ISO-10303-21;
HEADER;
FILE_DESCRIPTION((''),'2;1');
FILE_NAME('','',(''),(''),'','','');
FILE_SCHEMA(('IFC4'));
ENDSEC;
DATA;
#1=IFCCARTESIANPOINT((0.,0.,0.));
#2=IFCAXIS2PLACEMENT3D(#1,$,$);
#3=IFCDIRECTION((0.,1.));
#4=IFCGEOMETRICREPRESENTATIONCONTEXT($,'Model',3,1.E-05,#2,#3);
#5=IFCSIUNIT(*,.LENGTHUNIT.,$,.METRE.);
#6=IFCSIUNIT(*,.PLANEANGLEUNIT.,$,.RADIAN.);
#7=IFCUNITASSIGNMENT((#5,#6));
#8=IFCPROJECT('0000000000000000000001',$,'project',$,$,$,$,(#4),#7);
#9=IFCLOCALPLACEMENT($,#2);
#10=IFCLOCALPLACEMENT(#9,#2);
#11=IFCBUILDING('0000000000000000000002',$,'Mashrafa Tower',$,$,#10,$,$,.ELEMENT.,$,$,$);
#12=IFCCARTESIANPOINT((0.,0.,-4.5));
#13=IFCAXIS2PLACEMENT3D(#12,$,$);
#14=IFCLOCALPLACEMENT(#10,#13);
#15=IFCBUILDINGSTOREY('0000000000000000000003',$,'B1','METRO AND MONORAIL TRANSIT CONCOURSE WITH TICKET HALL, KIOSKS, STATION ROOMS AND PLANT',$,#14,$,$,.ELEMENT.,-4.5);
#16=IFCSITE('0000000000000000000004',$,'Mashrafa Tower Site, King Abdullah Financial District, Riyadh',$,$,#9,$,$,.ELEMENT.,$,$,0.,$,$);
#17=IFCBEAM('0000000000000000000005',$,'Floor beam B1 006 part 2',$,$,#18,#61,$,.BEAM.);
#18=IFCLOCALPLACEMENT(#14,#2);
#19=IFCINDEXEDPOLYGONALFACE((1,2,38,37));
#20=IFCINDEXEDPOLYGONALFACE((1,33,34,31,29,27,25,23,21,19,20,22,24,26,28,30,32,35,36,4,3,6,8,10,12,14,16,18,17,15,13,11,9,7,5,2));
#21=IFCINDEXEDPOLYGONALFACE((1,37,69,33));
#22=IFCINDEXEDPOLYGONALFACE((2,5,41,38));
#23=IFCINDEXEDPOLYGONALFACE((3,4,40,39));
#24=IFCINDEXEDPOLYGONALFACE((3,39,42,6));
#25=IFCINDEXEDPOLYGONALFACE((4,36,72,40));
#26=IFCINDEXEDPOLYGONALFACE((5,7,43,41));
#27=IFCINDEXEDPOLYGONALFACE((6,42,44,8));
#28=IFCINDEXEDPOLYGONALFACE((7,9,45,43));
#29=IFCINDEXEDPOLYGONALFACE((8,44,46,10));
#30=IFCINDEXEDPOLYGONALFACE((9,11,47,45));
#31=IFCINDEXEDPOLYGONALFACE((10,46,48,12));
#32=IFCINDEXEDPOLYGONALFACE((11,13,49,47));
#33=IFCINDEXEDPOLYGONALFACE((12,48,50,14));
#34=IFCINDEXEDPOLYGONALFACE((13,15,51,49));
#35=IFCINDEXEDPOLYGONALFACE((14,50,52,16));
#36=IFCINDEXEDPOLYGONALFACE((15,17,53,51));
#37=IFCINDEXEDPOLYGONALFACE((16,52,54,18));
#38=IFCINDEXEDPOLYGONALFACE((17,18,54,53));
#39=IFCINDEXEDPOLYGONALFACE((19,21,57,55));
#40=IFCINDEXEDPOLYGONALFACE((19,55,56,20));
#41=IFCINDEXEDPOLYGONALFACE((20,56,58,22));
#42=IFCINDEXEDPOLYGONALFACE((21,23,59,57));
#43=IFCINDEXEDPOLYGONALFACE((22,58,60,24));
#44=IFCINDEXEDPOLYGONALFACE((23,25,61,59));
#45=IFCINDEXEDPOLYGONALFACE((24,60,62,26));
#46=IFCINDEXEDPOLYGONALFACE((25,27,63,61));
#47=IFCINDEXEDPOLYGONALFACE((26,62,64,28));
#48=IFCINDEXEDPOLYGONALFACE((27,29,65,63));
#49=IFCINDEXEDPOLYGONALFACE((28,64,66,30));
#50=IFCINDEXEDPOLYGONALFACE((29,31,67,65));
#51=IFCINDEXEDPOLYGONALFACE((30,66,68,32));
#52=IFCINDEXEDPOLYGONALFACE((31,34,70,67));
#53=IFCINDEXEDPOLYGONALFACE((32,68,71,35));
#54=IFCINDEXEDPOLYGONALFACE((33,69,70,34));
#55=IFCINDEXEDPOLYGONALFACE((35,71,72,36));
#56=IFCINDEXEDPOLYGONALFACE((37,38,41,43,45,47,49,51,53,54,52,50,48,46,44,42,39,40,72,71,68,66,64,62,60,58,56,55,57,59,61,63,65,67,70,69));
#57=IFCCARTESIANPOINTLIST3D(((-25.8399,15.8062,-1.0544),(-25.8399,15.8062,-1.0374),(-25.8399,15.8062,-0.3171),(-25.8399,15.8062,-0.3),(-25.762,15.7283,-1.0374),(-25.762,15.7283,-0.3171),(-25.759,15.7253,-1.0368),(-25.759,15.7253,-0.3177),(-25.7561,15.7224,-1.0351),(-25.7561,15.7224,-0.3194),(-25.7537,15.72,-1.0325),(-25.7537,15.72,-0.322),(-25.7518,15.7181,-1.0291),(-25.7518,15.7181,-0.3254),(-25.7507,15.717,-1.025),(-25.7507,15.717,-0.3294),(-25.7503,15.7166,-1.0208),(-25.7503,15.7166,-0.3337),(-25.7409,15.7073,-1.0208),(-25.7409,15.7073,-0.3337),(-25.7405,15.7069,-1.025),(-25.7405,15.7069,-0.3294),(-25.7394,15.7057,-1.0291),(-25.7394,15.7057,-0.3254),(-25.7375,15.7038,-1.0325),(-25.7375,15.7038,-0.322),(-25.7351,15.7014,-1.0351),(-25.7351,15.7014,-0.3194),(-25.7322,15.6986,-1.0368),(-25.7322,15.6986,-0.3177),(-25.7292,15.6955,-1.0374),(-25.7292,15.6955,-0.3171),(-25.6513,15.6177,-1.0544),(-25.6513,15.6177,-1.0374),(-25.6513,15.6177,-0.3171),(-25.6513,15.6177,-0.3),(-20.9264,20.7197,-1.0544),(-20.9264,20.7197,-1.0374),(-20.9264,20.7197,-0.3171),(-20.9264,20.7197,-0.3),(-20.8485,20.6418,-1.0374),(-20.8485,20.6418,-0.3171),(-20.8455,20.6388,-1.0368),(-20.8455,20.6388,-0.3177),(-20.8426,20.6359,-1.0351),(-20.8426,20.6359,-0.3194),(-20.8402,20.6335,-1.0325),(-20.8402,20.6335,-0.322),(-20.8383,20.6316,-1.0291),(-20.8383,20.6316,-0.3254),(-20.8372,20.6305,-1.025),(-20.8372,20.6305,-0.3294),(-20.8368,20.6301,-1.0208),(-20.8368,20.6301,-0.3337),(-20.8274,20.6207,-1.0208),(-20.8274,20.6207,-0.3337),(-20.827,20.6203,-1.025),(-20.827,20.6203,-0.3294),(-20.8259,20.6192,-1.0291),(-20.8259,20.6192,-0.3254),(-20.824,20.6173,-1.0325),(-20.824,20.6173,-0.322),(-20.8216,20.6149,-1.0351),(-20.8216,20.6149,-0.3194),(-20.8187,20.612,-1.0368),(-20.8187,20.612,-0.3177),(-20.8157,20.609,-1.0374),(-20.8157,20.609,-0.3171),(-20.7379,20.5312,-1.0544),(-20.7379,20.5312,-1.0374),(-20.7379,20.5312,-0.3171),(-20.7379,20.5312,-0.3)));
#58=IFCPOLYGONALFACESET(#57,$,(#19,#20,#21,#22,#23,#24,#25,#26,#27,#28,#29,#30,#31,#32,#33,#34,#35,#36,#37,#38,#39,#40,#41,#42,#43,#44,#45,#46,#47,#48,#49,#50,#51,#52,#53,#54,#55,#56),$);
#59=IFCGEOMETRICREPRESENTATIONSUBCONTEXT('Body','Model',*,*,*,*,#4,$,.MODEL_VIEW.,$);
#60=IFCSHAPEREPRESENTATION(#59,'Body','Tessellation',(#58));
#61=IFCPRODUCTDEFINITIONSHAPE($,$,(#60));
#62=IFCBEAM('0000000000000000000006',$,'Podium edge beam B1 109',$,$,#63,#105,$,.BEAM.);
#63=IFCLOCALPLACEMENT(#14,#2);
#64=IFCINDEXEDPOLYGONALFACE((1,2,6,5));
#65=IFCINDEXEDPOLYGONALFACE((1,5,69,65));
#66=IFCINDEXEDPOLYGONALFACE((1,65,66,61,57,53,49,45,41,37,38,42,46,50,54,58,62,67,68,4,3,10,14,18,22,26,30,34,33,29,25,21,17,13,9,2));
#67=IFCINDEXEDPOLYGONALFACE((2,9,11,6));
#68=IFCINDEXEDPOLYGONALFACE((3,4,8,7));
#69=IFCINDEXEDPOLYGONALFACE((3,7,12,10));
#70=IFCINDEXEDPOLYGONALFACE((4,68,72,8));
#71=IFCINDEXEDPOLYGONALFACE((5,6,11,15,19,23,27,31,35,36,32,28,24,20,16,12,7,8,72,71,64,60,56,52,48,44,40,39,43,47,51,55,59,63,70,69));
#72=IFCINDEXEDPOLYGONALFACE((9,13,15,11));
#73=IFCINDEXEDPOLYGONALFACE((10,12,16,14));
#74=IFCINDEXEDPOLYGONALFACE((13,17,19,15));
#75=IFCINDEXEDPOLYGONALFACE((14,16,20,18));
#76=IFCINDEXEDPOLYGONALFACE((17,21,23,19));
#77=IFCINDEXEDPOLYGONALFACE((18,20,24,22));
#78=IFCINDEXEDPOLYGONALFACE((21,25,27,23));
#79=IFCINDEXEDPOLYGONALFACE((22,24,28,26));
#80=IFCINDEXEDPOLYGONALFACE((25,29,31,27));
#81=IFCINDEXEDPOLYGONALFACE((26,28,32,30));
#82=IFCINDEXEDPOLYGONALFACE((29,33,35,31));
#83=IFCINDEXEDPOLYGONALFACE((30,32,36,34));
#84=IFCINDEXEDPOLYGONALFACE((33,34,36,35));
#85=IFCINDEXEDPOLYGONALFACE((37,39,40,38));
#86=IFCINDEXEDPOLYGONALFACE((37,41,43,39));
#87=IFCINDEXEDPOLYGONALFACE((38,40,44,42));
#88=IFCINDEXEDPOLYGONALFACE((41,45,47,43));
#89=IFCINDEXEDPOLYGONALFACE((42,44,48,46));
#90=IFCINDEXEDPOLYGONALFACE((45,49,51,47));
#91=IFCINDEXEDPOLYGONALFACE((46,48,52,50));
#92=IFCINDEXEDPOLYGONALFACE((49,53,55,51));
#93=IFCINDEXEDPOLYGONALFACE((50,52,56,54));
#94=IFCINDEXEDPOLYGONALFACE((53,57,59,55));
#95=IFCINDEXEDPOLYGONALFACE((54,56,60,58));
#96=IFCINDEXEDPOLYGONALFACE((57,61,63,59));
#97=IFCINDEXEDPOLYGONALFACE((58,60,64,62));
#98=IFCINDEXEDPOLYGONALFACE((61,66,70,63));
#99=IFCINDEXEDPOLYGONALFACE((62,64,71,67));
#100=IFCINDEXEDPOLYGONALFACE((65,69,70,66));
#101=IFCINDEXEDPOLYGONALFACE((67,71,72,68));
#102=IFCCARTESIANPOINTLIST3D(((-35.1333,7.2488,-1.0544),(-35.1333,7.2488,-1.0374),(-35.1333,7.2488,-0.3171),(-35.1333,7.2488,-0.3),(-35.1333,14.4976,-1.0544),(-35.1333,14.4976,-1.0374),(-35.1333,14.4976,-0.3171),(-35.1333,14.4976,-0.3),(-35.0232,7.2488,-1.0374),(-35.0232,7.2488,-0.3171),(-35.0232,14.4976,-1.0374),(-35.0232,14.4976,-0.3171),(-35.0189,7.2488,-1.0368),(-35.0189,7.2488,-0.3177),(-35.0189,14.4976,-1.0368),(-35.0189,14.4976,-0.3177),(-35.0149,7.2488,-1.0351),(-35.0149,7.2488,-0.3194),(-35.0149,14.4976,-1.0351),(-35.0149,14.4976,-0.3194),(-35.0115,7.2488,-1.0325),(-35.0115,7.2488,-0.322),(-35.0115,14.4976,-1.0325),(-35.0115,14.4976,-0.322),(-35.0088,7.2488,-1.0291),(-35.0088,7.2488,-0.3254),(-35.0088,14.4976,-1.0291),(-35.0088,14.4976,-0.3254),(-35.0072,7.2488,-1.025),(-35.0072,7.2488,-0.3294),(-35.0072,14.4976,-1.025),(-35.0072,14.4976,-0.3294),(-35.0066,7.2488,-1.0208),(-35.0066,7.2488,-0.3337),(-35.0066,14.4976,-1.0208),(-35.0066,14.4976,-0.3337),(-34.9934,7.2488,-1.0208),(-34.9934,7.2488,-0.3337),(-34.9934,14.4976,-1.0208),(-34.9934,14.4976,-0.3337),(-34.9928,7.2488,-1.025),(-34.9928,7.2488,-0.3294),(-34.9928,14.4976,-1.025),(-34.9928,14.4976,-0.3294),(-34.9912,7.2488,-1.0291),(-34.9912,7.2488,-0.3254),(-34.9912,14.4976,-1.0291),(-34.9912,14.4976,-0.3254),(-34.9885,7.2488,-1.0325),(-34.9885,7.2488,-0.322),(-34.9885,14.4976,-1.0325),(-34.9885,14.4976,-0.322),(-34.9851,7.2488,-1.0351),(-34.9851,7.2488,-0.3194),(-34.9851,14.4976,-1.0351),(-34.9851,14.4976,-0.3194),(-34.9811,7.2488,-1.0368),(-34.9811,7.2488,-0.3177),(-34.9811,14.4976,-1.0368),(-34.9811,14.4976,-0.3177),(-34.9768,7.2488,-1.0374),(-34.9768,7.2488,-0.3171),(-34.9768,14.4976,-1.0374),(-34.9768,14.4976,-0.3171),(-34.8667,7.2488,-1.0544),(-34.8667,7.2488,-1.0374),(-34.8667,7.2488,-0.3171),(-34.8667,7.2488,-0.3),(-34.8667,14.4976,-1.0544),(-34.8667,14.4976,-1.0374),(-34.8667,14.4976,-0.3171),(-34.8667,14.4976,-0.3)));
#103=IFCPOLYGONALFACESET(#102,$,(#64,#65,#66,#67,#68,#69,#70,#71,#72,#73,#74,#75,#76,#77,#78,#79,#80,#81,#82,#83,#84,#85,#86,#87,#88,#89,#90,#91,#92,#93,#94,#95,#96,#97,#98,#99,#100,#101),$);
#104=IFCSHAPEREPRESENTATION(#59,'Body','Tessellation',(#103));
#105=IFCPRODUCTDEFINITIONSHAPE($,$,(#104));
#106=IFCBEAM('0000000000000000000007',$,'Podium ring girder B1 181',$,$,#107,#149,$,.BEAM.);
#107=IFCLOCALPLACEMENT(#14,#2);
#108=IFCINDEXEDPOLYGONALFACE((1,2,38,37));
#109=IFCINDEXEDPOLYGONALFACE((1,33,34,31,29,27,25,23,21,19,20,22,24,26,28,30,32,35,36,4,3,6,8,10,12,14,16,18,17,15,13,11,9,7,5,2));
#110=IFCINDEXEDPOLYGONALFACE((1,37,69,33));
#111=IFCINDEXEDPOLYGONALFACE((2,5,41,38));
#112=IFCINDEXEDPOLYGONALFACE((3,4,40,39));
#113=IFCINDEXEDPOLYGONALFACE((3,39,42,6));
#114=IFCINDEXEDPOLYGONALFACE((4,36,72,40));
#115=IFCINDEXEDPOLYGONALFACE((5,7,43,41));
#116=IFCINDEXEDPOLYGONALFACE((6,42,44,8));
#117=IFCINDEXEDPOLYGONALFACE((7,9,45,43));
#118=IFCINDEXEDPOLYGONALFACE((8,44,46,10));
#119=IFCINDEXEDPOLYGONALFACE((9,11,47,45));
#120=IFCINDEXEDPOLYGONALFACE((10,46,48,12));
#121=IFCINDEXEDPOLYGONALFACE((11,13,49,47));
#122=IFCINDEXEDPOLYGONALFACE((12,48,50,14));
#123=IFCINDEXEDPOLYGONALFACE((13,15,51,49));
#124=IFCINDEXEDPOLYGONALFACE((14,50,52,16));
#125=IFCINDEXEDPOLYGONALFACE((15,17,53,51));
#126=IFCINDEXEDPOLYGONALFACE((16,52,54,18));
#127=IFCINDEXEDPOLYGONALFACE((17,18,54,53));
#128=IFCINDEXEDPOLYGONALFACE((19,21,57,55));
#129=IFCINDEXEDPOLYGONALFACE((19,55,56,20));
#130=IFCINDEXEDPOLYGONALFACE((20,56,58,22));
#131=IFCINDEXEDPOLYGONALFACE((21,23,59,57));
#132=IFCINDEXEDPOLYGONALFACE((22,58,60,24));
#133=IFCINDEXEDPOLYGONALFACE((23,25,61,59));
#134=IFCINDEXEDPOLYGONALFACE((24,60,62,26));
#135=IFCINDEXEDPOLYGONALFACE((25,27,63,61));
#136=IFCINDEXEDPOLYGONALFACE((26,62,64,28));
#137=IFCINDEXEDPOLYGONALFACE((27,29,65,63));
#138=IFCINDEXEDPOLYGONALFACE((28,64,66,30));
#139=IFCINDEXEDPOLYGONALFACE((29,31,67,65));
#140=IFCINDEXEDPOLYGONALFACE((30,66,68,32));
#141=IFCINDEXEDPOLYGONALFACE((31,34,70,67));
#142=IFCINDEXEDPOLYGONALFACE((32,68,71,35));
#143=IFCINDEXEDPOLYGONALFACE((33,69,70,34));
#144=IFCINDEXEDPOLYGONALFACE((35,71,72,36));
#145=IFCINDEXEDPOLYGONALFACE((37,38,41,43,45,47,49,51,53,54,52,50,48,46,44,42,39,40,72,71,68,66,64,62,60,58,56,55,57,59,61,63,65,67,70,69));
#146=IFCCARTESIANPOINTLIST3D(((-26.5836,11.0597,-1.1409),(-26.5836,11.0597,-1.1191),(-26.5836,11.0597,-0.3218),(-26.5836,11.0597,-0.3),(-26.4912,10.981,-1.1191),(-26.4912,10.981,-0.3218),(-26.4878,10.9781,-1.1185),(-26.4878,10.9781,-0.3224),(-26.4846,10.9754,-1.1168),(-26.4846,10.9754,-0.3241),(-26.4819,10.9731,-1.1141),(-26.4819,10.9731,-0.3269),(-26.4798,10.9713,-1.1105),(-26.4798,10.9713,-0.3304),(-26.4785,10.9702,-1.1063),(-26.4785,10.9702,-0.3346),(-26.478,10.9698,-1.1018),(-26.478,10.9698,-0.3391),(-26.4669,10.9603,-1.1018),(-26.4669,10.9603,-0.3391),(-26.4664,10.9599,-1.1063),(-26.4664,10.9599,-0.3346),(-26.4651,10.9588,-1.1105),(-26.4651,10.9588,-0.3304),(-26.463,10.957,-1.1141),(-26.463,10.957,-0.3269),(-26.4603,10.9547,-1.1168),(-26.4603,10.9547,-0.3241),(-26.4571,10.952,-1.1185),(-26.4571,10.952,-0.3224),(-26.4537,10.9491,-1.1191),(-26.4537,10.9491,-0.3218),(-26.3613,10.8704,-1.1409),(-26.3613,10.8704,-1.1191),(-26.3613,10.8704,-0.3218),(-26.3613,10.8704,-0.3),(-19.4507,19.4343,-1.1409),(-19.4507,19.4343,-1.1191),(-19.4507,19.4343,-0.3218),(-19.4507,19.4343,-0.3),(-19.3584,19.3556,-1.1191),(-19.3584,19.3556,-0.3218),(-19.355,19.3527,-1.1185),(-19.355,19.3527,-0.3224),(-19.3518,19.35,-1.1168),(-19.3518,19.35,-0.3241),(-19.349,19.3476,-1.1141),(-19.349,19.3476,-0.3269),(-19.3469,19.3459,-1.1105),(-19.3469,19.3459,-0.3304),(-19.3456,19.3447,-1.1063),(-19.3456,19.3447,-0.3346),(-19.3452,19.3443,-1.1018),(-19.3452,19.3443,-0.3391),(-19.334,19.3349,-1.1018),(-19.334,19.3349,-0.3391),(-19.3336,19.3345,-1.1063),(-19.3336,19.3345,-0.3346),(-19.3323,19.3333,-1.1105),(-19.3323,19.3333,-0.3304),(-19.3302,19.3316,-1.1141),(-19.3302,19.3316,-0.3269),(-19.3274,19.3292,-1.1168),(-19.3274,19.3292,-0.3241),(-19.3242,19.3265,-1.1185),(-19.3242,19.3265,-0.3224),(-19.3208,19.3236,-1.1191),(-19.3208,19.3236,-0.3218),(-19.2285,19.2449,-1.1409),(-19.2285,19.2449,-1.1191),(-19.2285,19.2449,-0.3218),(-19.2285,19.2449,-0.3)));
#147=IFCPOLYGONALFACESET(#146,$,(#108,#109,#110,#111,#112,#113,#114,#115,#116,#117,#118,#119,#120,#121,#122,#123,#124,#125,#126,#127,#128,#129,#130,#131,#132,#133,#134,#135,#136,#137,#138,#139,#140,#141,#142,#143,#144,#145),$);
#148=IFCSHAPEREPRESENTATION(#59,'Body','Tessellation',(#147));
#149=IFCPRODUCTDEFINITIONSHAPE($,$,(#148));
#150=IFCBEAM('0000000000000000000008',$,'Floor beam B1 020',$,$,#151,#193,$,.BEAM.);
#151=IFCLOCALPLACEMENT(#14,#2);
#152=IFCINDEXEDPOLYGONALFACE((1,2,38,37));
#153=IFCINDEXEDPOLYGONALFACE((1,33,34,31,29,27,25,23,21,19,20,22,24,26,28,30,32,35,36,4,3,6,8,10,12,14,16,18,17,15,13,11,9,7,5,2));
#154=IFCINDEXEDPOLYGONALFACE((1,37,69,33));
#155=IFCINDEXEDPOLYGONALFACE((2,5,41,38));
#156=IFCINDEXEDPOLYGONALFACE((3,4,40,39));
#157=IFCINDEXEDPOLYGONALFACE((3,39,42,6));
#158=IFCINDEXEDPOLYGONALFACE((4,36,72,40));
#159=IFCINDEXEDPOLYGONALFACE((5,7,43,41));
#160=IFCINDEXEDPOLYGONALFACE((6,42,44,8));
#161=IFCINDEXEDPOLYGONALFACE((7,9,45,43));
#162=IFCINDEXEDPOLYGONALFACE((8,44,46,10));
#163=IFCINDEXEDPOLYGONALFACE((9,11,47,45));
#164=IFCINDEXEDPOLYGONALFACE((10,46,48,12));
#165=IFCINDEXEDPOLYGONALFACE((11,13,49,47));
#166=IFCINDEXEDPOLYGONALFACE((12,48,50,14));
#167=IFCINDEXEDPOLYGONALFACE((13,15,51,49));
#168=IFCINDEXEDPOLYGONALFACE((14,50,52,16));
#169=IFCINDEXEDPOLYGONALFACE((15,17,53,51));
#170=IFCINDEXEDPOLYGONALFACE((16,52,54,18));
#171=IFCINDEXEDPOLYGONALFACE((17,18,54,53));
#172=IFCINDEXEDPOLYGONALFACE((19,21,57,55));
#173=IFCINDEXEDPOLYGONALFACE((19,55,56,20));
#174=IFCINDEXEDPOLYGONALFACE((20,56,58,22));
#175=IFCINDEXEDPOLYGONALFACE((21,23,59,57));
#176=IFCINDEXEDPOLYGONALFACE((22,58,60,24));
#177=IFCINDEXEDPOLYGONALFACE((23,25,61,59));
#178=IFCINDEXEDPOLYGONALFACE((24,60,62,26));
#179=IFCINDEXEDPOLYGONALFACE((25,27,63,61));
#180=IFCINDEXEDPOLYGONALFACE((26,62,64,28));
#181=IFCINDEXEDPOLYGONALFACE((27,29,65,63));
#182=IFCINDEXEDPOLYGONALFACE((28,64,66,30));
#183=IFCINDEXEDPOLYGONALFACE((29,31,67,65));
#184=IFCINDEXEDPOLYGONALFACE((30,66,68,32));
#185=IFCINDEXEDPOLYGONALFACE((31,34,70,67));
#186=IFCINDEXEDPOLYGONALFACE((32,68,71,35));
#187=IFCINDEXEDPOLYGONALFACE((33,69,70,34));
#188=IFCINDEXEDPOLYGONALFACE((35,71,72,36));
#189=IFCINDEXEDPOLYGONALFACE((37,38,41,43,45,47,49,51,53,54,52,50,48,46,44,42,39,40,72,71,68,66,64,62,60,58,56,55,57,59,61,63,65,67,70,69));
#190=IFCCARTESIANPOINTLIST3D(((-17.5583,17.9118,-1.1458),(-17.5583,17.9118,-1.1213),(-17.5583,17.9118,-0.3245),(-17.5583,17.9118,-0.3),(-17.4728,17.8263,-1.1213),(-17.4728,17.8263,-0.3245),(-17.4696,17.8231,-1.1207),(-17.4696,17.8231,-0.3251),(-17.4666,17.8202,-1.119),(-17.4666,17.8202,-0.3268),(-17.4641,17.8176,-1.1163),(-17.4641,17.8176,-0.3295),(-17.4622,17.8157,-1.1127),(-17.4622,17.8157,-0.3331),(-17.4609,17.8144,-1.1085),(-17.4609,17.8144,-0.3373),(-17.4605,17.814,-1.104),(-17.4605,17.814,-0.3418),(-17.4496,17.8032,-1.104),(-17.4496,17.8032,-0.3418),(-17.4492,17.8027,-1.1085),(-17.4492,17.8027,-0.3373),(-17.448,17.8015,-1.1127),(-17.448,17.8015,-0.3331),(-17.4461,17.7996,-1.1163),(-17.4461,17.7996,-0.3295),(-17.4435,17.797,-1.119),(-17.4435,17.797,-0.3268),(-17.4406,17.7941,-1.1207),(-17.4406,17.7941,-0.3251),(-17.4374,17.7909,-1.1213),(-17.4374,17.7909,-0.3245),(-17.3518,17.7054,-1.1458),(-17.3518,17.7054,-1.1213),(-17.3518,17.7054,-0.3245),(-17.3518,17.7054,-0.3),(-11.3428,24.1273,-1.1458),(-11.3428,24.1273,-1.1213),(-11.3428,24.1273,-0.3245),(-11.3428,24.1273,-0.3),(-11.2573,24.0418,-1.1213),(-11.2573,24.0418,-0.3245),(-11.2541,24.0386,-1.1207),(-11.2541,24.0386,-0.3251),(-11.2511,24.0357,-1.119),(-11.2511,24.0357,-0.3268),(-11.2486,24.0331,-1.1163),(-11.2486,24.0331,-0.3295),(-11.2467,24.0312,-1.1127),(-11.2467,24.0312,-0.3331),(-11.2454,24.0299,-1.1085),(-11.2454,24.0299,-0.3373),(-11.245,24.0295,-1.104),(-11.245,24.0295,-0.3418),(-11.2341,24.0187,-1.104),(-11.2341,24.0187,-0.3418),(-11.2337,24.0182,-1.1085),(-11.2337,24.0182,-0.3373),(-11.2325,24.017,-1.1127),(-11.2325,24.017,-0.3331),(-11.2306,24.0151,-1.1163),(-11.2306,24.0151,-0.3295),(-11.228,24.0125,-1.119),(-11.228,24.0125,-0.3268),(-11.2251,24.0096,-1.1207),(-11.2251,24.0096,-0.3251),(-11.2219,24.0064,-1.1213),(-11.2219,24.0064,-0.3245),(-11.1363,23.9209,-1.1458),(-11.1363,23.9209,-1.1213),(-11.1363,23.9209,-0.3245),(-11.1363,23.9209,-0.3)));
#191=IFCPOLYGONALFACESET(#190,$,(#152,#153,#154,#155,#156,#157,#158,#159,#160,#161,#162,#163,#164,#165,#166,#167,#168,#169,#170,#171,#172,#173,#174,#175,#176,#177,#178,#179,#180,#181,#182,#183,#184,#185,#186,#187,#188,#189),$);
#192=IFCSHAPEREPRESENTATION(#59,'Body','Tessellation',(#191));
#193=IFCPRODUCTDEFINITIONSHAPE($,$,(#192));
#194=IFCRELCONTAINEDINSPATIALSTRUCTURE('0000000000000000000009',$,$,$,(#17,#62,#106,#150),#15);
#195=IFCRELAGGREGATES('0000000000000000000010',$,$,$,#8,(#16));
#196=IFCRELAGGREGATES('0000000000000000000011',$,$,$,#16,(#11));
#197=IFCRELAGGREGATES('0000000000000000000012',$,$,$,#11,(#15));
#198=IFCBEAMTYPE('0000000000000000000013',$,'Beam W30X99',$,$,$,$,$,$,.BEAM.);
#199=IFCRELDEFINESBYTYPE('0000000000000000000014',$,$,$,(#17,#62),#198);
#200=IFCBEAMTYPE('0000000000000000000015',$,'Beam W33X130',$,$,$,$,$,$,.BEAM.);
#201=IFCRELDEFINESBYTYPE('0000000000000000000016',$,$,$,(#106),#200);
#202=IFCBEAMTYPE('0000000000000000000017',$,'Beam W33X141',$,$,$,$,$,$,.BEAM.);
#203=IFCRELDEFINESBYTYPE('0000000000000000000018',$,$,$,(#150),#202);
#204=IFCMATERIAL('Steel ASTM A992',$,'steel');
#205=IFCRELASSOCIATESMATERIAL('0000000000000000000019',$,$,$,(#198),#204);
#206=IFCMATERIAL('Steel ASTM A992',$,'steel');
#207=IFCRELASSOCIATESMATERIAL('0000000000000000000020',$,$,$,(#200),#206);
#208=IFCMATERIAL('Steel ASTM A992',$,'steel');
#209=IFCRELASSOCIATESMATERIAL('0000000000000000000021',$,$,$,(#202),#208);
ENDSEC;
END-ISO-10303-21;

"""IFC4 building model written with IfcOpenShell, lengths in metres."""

from ifc_helpers import new_model, si_unit, direction, frame, origin, origin_2d, place, context, subcontext, project, spatial, i_section, extrude, material, material_profile, profile_set, type_object, element, save


model = new_model("IFC4")

# Units and contexts
model_context = context("Model", 3, precision=1e-05, world=origin(), true_north=direction((0.0, 1.0)))
body_context = subcontext(model_context, "Body", "Model", "MODEL_VIEW")
ifc_project = project(units=[si_unit("LENGTHUNIT", "METRE"), si_unit("PLANEANGLEUNIT", "RADIAN")], contexts=[model_context])

# Site, building, storey
site_placement = place(None, origin())
site = spatial("IfcSite", under=ifc_project, at=site_placement, Name="Mashrafa Tower Site, King Abdullah Financial District, Riyadh", CompositionType="ELEMENT", RefElevation=0.0)
building_placement = place(site_placement, origin())
building = spatial("IfcBuilding", under=site, at=building_placement, Name="Mashrafa Tower", CompositionType="ELEMENT")
storey_placement = place(building_placement, frame((0.0, 0.0, -4.5)))
storey = spatial("IfcBuildingStorey", under=building, at=storey_placement, Name="B1", Description="METRO AND MONORAIL TRANSIT CONCOURSE WITH TICKET HALL, KIOSKS, STATION ROOMS AND PLANT", CompositionType="ELEMENT", Elevation=-4.5)

# Beams
ifc_material_1 = material(Name="Steel ASTM A992", Category="steel")
ifc_material_profile_1 = material_profile(ifc_material_1, i_section(OverallWidth=0.2666, OverallDepth=0.7544, WebThickness=0.0132, FlangeThickness=0.0171, FilletRadius=0.0166, at=origin_2d()), Name="W30X99")
ifc_profile_set_1 = profile_set([ifc_material_profile_1], Name="Steel ASTM A992")
beam_type_1 = type_object("IfcBeamType", Name="Beam W30X99", PredefinedType="BEAM", material=ifc_profile_set_1)
beam_1_placement = place(storey_placement, frame((-25.7456, 15.7119, -0.6772), z_axis=(0.707107, 0.707107, 0.0), x_axis=(-0.707107, 0.707107, 0.0)))
element("IfcBeam", 1, at=beam_1_placement, inside=storey, type_object=beam_type_1, Name="Floor beam B1 006 part 2", PredefinedType="BEAM", context=body_context, shape_type="SweptSolid", body=[
    extrude(i_section(OverallWidth=0.2666, OverallDepth=0.7544, WebThickness=0.0132, FlangeThickness=0.0171, FilletRadius=0.0166, at=origin_2d()), origin(), (0.0, 0.0, 1.0), 6.9487),
])
beam_2_placement = place(storey_placement, frame((-35.0, 14.4976, -0.6772), z_axis=(0.0, -1.0, 0.0), x_axis=(1.0, 0.0, 0.0)))
element("IfcBeam", 2, at=beam_2_placement, inside=storey, type_object=beam_type_1, Name="Podium edge beam B1 109", PredefinedType="BEAM", context=body_context, shape_type="SweptSolid", body=[
    extrude(i_section(OverallWidth=0.2666, OverallDepth=0.7544, WebThickness=0.0132, FlangeThickness=0.0171, FilletRadius=0.0166, at=origin_2d()), origin(), (0.0, 0.0, 1.0), 7.2488),
])
ifc_material_2 = material(Name="Steel ASTM A992", Category="steel")
ifc_material_profile_2 = material_profile(ifc_material_2, i_section(OverallWidth=0.292, OverallDepth=0.8408, WebThickness=0.0146, FlangeThickness=0.0217, FilletRadius=0.0173, at=origin_2d()), Name="W33X130")
ifc_profile_set_2 = profile_set([ifc_material_profile_2], Name="Steel ASTM A992")
beam_type_2 = type_object("IfcBeamType", Name="Beam W33X130", PredefinedType="BEAM", material=ifc_profile_set_2)
beam_3_placement = place(storey_placement, frame((-19.3396, 19.3396, -0.7205), z_axis=(-0.648412, -0.761289, 0.0), x_axis=(0.761289, -0.648412, 0.0)))
element("IfcBeam", 3, at=beam_3_placement, inside=storey, type_object=beam_type_2, Name="Podium ring girder B1 181", PredefinedType="BEAM", context=body_context, shape_type="SweptSolid", body=[
    extrude(i_section(OverallWidth=0.292, OverallDepth=0.8408, WebThickness=0.0146, FlangeThickness=0.0217, FilletRadius=0.0173, at=origin_2d()), origin(), (0.0, 0.0, 1.0), 11.0005),
])
ifc_material_3 = material(Name="Steel ASTM A992", Category="steel")
ifc_material_profile_3 = material_profile(ifc_material_3, i_section(OverallWidth=0.292, OverallDepth=0.8457, WebThickness=0.0154, FlangeThickness=0.0244, FilletRadius=0.0173, at=origin_2d()), Name="W33X141")
ifc_profile_set_3 = profile_set([ifc_material_profile_3], Name="Steel ASTM A992")
beam_type_3 = type_object("IfcBeamType", Name="Beam W33X141", PredefinedType="BEAM", material=ifc_profile_set_3)
beam_4_placement = place(storey_placement, frame((-17.4551, 17.8086, -0.7229), z_axis=(0.707107, 0.707107, 0.0), x_axis=(-0.707107, 0.707107, 0.0)))
element("IfcBeam", 4, at=beam_4_placement, inside=storey, type_object=beam_type_3, Name="Floor beam B1 020", PredefinedType="BEAM", context=body_context, shape_type="SweptSolid", body=[
    extrude(i_section(OverallWidth=0.292, OverallDepth=0.8457, WebThickness=0.0154, FlangeThickness=0.0244, FilletRadius=0.0173, at=origin_2d()), origin(), (0.0, 0.0, 1.0), 8.79),
])

save(model, "model.ifc")
